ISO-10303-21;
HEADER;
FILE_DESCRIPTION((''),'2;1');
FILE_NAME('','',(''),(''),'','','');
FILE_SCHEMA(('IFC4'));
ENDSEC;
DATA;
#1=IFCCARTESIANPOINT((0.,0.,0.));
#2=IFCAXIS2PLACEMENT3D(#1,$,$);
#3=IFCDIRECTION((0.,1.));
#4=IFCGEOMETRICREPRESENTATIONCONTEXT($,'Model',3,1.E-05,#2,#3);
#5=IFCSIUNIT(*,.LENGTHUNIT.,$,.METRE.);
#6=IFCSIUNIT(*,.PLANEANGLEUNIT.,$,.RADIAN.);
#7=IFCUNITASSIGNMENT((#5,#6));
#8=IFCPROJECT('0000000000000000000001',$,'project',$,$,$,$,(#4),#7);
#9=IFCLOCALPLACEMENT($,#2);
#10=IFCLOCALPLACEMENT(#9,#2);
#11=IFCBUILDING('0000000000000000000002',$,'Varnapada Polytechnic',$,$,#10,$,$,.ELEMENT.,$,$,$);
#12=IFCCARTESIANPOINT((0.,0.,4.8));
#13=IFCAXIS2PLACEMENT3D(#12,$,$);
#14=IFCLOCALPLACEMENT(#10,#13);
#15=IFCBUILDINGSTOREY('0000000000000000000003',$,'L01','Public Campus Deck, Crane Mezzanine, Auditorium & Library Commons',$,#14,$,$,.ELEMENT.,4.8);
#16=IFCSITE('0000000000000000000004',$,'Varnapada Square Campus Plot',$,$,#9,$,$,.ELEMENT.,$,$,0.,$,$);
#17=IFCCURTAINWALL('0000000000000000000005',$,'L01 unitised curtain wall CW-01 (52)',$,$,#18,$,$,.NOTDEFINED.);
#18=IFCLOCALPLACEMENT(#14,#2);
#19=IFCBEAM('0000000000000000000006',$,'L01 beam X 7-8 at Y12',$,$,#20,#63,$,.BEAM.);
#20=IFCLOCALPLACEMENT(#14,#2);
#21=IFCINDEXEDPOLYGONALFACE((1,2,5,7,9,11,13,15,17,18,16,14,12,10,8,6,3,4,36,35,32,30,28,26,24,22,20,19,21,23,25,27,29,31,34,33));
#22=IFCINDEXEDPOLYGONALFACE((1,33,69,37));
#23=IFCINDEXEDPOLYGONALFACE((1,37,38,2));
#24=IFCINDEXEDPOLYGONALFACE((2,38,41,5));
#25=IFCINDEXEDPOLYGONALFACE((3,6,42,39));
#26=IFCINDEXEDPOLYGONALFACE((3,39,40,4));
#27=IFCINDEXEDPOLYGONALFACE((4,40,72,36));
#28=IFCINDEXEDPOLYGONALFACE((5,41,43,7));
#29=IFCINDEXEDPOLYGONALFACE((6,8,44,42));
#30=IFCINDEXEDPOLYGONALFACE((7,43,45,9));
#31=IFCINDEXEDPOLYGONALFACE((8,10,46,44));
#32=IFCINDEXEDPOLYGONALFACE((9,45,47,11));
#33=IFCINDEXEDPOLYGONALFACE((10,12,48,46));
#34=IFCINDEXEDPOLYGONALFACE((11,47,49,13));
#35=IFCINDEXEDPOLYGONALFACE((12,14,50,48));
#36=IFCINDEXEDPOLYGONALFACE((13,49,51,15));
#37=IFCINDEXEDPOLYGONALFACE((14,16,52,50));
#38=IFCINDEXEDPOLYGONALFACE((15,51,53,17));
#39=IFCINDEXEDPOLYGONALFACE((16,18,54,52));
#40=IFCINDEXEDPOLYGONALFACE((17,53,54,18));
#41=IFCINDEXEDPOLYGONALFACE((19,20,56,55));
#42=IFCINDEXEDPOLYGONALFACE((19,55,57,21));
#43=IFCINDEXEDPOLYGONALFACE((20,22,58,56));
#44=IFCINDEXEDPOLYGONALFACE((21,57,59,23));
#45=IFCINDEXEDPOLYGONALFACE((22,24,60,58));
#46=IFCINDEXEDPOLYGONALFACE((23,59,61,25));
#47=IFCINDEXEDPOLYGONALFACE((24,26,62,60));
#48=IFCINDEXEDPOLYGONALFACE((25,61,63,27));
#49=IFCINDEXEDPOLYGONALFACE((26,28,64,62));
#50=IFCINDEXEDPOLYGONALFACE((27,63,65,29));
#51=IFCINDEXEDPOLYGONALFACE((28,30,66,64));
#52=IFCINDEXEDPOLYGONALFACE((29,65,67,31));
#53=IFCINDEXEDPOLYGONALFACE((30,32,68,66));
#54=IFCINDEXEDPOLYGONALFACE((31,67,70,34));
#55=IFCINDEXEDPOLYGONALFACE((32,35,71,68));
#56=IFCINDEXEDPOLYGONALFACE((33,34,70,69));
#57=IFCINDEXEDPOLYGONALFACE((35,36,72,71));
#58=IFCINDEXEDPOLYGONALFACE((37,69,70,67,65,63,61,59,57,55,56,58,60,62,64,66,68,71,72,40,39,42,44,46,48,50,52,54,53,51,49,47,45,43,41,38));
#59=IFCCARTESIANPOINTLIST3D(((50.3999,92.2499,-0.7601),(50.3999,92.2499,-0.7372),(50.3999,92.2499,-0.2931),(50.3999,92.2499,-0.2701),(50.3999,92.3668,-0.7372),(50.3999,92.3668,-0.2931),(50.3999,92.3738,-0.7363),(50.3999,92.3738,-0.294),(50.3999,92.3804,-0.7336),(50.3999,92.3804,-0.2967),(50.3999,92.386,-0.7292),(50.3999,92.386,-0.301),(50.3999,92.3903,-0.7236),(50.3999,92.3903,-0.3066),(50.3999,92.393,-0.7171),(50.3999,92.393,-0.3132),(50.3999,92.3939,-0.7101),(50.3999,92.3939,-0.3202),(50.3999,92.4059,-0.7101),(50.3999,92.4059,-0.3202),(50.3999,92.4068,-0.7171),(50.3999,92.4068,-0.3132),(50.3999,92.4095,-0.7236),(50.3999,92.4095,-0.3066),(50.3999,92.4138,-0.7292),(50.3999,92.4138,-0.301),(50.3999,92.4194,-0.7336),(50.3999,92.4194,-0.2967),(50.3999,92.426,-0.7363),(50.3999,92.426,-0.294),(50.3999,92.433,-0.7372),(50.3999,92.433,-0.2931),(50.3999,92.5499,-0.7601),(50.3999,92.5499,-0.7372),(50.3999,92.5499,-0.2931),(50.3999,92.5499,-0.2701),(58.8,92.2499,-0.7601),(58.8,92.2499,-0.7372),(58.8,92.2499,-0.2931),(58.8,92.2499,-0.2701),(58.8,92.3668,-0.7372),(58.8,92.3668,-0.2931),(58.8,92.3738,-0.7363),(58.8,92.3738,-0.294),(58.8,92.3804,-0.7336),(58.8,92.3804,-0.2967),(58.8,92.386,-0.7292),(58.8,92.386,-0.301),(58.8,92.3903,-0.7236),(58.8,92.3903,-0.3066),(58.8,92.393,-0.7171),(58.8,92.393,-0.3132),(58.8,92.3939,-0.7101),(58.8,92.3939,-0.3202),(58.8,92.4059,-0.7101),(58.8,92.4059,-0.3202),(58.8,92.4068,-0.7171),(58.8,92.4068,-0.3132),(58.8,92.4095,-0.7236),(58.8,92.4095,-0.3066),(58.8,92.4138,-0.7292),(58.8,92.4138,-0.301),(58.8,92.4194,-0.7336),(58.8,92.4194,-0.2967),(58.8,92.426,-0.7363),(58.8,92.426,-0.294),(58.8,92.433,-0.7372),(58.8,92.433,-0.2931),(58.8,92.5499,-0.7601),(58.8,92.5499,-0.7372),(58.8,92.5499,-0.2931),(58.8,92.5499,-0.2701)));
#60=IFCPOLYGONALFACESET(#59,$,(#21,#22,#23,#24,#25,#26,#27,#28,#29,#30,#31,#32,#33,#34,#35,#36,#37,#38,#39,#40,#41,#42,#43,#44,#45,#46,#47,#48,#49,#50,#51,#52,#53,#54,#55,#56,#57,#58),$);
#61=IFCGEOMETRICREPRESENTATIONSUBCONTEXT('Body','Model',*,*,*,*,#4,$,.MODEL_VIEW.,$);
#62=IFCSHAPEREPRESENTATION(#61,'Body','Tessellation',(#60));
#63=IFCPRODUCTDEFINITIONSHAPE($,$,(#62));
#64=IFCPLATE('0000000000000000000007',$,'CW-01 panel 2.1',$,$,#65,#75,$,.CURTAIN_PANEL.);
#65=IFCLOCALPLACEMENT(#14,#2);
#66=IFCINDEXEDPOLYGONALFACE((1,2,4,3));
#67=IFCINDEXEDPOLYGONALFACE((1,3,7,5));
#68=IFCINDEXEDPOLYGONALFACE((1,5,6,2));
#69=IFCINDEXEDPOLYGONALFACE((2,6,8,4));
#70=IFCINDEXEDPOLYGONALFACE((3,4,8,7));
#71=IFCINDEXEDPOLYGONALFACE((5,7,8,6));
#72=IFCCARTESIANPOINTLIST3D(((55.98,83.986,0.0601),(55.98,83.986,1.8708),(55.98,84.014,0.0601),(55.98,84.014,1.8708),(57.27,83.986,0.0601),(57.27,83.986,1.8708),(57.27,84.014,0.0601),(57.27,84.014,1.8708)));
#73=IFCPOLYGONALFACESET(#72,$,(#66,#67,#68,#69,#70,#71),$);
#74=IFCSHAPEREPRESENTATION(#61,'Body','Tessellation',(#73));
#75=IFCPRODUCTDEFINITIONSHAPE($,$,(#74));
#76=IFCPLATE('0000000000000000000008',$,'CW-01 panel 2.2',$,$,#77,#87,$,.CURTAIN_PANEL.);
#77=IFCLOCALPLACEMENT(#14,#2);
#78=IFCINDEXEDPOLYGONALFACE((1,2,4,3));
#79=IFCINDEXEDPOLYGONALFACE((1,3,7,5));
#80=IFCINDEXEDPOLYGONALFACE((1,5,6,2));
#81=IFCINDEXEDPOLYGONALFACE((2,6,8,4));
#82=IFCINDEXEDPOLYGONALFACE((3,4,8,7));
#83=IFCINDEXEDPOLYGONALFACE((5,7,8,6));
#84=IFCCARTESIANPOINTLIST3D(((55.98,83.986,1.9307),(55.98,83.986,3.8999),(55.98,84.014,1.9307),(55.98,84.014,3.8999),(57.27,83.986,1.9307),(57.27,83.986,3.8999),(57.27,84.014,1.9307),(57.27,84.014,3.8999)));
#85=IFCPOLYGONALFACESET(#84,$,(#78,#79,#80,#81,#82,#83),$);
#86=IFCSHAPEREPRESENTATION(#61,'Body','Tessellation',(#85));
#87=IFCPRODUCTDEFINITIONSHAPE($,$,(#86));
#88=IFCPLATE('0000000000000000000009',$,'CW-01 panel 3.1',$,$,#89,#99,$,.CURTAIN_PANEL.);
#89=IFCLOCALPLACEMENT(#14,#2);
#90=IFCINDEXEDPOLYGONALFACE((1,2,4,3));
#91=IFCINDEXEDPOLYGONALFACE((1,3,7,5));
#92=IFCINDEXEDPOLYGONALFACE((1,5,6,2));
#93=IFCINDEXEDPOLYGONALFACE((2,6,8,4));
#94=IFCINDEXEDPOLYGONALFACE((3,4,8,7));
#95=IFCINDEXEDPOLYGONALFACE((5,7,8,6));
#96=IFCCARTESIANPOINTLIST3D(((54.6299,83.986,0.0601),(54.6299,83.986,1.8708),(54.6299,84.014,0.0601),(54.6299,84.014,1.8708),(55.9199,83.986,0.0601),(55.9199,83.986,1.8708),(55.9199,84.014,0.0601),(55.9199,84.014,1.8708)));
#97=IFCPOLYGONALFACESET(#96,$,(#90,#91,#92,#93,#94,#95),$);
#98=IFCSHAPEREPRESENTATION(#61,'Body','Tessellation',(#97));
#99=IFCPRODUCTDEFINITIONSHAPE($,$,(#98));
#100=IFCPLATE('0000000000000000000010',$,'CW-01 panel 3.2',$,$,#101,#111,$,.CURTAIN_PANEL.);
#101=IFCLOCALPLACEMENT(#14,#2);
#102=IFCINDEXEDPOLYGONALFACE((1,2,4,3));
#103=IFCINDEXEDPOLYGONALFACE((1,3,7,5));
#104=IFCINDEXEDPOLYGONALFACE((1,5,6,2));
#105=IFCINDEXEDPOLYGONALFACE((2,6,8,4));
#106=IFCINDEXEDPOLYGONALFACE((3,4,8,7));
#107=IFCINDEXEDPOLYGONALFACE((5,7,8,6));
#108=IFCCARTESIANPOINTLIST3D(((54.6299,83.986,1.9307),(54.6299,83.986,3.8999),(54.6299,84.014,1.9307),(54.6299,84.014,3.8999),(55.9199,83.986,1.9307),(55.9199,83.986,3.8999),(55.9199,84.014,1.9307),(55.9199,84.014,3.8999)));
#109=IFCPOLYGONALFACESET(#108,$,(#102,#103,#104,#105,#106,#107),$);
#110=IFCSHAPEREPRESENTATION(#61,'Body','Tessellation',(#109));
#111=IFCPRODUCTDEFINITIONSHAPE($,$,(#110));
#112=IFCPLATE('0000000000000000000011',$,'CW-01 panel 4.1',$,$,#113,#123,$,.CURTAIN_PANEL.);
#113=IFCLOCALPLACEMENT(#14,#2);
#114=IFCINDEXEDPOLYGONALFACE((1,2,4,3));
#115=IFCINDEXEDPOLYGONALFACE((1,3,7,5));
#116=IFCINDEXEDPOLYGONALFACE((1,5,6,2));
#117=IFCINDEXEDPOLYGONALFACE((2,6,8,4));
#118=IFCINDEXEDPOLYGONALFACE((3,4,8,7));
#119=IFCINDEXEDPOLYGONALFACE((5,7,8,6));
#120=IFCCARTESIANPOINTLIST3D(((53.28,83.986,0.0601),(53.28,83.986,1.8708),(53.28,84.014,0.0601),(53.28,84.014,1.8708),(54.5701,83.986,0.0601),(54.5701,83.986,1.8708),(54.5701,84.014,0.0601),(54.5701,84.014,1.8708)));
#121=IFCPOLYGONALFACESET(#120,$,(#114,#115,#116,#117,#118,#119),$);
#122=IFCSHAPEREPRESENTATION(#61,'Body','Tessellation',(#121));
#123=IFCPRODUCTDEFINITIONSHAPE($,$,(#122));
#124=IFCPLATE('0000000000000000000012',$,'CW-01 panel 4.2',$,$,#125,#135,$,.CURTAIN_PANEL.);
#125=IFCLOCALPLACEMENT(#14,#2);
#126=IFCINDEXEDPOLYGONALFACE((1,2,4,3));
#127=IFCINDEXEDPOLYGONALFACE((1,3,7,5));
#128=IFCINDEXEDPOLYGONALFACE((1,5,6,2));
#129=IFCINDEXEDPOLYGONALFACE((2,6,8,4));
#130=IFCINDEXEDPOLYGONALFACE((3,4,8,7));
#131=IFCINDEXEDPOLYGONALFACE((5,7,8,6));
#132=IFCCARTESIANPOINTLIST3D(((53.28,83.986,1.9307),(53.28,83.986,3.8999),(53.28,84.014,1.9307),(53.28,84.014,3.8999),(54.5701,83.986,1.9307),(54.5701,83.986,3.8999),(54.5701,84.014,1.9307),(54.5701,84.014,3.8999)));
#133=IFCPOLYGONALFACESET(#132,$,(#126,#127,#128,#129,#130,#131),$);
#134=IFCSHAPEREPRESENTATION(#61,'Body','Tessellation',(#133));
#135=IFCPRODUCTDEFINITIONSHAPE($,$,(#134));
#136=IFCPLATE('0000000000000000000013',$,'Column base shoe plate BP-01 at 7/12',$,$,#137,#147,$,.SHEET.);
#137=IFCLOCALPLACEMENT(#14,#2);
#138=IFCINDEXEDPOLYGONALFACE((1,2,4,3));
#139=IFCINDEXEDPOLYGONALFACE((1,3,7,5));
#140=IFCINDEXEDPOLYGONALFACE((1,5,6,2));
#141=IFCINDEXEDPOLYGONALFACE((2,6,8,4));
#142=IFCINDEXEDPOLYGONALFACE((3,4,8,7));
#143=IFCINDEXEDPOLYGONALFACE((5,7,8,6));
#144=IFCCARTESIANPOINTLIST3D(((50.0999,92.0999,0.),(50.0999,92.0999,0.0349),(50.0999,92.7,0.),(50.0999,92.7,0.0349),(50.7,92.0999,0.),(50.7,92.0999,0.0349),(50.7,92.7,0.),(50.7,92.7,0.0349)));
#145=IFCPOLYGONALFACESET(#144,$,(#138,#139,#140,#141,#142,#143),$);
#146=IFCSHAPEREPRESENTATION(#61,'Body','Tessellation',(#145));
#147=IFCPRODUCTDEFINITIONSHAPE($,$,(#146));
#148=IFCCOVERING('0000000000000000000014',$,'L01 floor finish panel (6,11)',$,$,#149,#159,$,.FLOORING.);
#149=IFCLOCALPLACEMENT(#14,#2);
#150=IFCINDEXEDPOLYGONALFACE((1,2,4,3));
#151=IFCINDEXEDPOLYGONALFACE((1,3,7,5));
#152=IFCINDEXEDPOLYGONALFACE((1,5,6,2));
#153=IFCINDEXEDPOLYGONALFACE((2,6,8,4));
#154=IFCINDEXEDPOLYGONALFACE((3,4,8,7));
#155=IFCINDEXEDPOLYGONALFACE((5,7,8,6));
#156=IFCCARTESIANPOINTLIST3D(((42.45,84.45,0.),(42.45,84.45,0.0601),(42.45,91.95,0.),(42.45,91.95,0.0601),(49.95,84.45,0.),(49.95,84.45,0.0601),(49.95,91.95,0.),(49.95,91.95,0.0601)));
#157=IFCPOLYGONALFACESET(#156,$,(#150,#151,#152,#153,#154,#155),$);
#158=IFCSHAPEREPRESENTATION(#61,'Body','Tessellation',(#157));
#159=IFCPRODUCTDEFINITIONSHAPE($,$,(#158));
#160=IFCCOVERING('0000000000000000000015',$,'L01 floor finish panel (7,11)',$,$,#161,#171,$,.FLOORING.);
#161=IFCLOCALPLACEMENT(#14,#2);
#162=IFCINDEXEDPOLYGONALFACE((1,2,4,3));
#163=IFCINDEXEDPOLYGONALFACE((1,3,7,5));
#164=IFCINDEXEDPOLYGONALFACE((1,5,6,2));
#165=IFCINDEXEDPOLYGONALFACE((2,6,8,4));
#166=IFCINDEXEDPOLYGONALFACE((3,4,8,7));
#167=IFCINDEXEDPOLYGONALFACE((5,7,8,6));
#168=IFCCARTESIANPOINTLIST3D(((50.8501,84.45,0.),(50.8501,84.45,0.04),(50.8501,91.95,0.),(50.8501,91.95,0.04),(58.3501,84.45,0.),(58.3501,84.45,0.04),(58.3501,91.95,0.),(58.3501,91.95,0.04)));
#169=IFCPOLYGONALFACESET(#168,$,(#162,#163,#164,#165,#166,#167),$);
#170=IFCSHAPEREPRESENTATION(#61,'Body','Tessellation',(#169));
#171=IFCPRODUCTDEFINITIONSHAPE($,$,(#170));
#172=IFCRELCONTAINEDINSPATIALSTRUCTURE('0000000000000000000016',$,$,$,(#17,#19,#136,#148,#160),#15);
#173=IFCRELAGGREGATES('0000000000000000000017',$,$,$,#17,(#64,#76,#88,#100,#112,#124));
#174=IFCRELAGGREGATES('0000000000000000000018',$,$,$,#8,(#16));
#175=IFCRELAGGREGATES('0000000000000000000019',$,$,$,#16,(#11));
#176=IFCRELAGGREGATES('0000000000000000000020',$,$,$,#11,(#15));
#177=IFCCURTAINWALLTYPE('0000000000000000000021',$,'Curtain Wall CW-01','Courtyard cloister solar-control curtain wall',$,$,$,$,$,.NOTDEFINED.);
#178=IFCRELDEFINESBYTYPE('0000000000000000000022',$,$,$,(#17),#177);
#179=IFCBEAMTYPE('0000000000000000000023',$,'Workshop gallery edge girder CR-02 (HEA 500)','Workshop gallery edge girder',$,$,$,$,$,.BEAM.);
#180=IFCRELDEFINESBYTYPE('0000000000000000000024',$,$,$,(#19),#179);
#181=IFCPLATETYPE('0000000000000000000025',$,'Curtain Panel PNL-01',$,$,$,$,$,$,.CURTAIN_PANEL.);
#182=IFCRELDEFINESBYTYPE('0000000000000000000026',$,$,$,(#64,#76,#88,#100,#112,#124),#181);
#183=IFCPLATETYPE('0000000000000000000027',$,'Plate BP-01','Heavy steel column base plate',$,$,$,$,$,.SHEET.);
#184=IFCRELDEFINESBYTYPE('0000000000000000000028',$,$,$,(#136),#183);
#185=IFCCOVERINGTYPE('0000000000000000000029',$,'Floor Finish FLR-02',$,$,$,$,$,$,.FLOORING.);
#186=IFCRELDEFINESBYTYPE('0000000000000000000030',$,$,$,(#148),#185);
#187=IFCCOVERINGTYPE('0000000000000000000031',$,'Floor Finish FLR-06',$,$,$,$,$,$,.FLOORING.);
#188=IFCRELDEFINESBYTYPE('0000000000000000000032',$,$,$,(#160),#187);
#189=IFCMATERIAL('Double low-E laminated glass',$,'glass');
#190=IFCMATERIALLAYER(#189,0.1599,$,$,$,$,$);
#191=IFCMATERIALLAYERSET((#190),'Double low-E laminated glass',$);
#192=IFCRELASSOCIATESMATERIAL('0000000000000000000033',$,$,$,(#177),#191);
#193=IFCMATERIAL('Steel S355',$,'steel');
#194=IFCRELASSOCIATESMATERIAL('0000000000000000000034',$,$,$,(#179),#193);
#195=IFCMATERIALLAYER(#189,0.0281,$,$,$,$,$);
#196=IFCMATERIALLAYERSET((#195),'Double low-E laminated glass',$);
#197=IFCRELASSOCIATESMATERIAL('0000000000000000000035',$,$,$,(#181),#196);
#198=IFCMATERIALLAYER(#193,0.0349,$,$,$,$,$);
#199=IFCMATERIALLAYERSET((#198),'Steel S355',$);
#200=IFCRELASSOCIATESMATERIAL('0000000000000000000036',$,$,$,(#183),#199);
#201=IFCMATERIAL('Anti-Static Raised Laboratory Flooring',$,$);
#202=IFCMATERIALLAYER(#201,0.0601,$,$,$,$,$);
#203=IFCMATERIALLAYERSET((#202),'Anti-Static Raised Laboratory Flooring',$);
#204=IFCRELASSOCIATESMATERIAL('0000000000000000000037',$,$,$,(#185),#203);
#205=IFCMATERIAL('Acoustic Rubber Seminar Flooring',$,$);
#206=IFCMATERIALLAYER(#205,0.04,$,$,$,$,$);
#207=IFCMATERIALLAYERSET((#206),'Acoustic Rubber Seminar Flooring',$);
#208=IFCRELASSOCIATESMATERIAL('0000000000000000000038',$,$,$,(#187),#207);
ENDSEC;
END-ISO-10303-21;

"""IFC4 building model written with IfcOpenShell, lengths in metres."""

from ifc_helpers import new_model, si_unit, direction, frame, origin, origin_2d, place, context, subcontext, project, spatial, rectangle, i_section, extrude, material, layer, layer_set, material_profile, profile_set, type_object, element, aggregate, save


model = new_model("IFC4")

# Units and contexts
model_context = context("Model", 3, precision=1e-05, world=origin(), true_north=direction((0.0, 1.0)))
body_context = subcontext(model_context, "Body", "Model", "MODEL_VIEW")
ifc_project = project(units=[si_unit("LENGTHUNIT", "METRE"), si_unit("PLANEANGLEUNIT", "RADIAN")], contexts=[model_context])

# Site, building, storey
site_placement = place(None, origin())
site = spatial("IfcSite", under=ifc_project, at=site_placement, Name="Varnapada Square Campus Plot", CompositionType="ELEMENT", RefElevation=0.0)
building_placement = place(site_placement, origin())
building = spatial("IfcBuilding", under=site, at=building_placement, Name="Varnapada Polytechnic", CompositionType="ELEMENT")
storey_placement = place(building_placement, frame((0.0, 0.0, 4.8)))
storey = spatial("IfcBuildingStorey", under=building, at=storey_placement, Name="L01", Description="Public Campus Deck, Crane Mezzanine, Auditorium & Library Commons", CompositionType="ELEMENT", Elevation=4.8)

# Shared definitions
ifc_material_1 = material(Name="Steel S355", Category="steel")

# Curtain wall
ifc_material_2 = material(Name="Double low-E laminated glass", Category="glass")
ifc_layer_1 = layer(ifc_material_2, 0.1599)
ifc_layer_set_1 = layer_set([ifc_layer_1], Name="Double low-E laminated glass")
curtain_wall_type = type_object("IfcCurtainWallType", Name="Curtain Wall CW-01", Description="Courtyard cloister solar-control curtain wall", PredefinedType="NOTDEFINED", material=ifc_layer_set_1)
curtain_wall_placement = place(storey_placement, origin())
curtain_wall = element("IfcCurtainWall", 1, at=curtain_wall_placement, inside=storey, type_object=curtain_wall_type, Name="L01 unitised curtain wall CW-01 (52)", PredefinedType="NOTDEFINED")

# Beam
ifc_material_profile_1 = material_profile(ifc_material_1, i_section(OverallWidth=0.3, OverallDepth=0.49, WebThickness=0.012, FlangeThickness=0.0229, FilletRadius=0.0271, at=origin_2d()), Name="HEA 500")
ifc_profile_set_1 = profile_set([ifc_material_profile_1], Name="Steel S355")
beam_type_1 = type_object("IfcBeamType", Name="Workshop gallery edge girder CR-02 (HEA 500)", Description="Workshop gallery edge girder", PredefinedType="BEAM", material=ifc_profile_set_1)
beam_1_placement = place(storey_placement, frame((50.3999, 92.3999, -0.5151), z_axis=(1.0, 0.0, 0.0), x_axis=(0.0, 1.0, 0.0)))
element("IfcBeam", 2, at=beam_1_placement, inside=storey, type_object=beam_type_1, Name="L01 beam X 7-8 at Y12", PredefinedType="BEAM", context=body_context, shape_type="SweptSolid", body=[
    extrude(i_section(OverallWidth=0.3, OverallDepth=0.49, WebThickness=0.012, FlangeThickness=0.0229, FilletRadius=0.0271, at=origin_2d()), origin(), (0.0, 0.0, 1.0), 8.4001),
])

# Plates
ifc_layer_2 = layer(ifc_material_2, 0.0281)
ifc_layer_set_2 = layer_set([ifc_layer_2], Name="Double low-E laminated glass")
plate_type_1 = type_object("IfcPlateType", Name="Curtain Panel PNL-01", PredefinedType="CURTAIN_PANEL", material=ifc_layer_set_2)
plate_1_placement = place(storey_placement, frame((56.625, 84.0, 0.0601), z_axis=(0.0, 0.0, 1.0), x_axis=(-1.0, 0.0, 0.0)))
plate_1 = element("IfcPlate", 3, at=plate_1_placement, type_object=plate_type_1, Name="CW-01 panel 2.1", PredefinedType="CURTAIN_PANEL", context=body_context, shape_type="SweptSolid", body=[
    extrude(rectangle(XDim=1.29, YDim=0.0281, at=origin_2d()), origin(), (0.0, 0.0, 1.0), 1.8108),
])
plate_2_placement = place(storey_placement, frame((56.625, 84.0, 1.9307), z_axis=(0.0, 0.0, 1.0), x_axis=(-1.0, 0.0, 0.0)))
plate_2 = element("IfcPlate", 4, at=plate_2_placement, type_object=plate_type_1, Name="CW-01 panel 2.2", PredefinedType="CURTAIN_PANEL", context=body_context, shape_type="SweptSolid", body=[
    extrude(rectangle(XDim=1.29, YDim=0.0281, at=origin_2d()), origin(), (0.0, 0.0, 1.0), 1.9692),
])
plate_3_placement = place(storey_placement, frame((55.2749, 84.0, 0.0601), z_axis=(0.0, 0.0, 1.0), x_axis=(-1.0, 0.0, 0.0)))
plate_3 = element("IfcPlate", 5, at=plate_3_placement, type_object=plate_type_1, Name="CW-01 panel 3.1", PredefinedType="CURTAIN_PANEL", context=body_context, shape_type="SweptSolid", body=[
    extrude(rectangle(XDim=1.29, YDim=0.0281, at=origin_2d()), origin(), (0.0, 0.0, 1.0), 1.8108),
])
plate_4_placement = place(storey_placement, frame((55.2749, 84.0, 1.9307), z_axis=(0.0, 0.0, 1.0), x_axis=(-1.0, 0.0, 0.0)))
plate_4 = element("IfcPlate", 6, at=plate_4_placement, type_object=plate_type_1, Name="CW-01 panel 3.2", PredefinedType="CURTAIN_PANEL", context=body_context, shape_type="SweptSolid", body=[
    extrude(rectangle(XDim=1.29, YDim=0.0281, at=origin_2d()), origin(), (0.0, 0.0, 1.0), 1.9692),
])
plate_5_placement = place(storey_placement, frame((53.925, 84.0, 0.0601), z_axis=(0.0, 0.0, 1.0), x_axis=(-1.0, 0.0, 0.0)))
plate_5 = element("IfcPlate", 7, at=plate_5_placement, type_object=plate_type_1, Name="CW-01 panel 4.1", PredefinedType="CURTAIN_PANEL", context=body_context, shape_type="SweptSolid", body=[
    extrude(rectangle(XDim=1.29, YDim=0.0281, at=origin_2d()), origin(), (0.0, 0.0, 1.0), 1.8108),
])
plate_6_placement = place(storey_placement, frame((53.925, 84.0, 1.9307), z_axis=(0.0, 0.0, 1.0), x_axis=(-1.0, 0.0, 0.0)))
plate_6 = element("IfcPlate", 8, at=plate_6_placement, type_object=plate_type_1, Name="CW-01 panel 4.2", PredefinedType="CURTAIN_PANEL", context=body_context, shape_type="SweptSolid", body=[
    extrude(rectangle(XDim=1.29, YDim=0.0281, at=origin_2d()), origin(), (0.0, 0.0, 1.0), 1.9692),
])
aggregate(curtain_wall, [plate_1, plate_2, plate_3, plate_4, plate_5, plate_6])
ifc_layer_3 = layer(ifc_material_1, 0.0349)
ifc_layer_set_3 = layer_set([ifc_layer_3], Name="Steel S355")
plate_type_2 = type_object("IfcPlateType", Name="Plate BP-01", Description="Heavy steel column base plate", PredefinedType="SHEET", material=ifc_layer_set_3)
plate_7_placement = place(storey_placement, frame((50.3999, 92.3999, 0.0), z_axis=(0.0, 0.0, 1.0), x_axis=(1.0, 0.0, 0.0)))
element("IfcPlate", 9, at=plate_7_placement, inside=storey, type_object=plate_type_2, Name="Column base shoe plate BP-01 at 7/12", PredefinedType="SHEET", context=body_context, shape_type="SweptSolid", body=[
    extrude(rectangle(XDim=0.6001, YDim=0.6001, at=origin_2d()), origin(), (0.0, 0.0, 1.0), 0.0349),
])

# Coverings
ifc_material_3 = material(Name="Anti-Static Raised Laboratory Flooring")
ifc_layer_4 = layer(ifc_material_3, 0.0601)
ifc_layer_set_4 = layer_set([ifc_layer_4], Name="Anti-Static Raised Laboratory Flooring")
covering_type_1 = type_object("IfcCoveringType", Name="Floor Finish FLR-02", PredefinedType="FLOORING", material=ifc_layer_set_4)
covering_1_placement = place(storey_placement, frame((46.2, 88.2, 0.0), z_axis=(0.0, 0.0, 1.0), x_axis=(1.0, 0.0, 0.0)))
element("IfcCovering", 10, at=covering_1_placement, inside=storey, type_object=covering_type_1, Name="L01 floor finish panel (6,11)", PredefinedType="FLOORING", context=body_context, shape_type="SweptSolid", body=[
    extrude(rectangle(XDim=7.5, YDim=7.5, at=origin_2d()), origin(), (0.0, 0.0, 1.0), 0.0601),
])
ifc_material_4 = material(Name="Acoustic Rubber Seminar Flooring")
ifc_layer_5 = layer(ifc_material_4, 0.04)
ifc_layer_set_5 = layer_set([ifc_layer_5], Name="Acoustic Rubber Seminar Flooring")
covering_type_2 = type_object("IfcCoveringType", Name="Floor Finish FLR-06", PredefinedType="FLOORING", material=ifc_layer_set_5)
covering_2_placement = place(storey_placement, frame((54.6001, 88.2, 0.0), z_axis=(0.0, 0.0, 1.0), x_axis=(1.0, 0.0, 0.0)))
element("IfcCovering", 11, at=covering_2_placement, inside=storey, type_object=covering_type_2, Name="L01 floor finish panel (7,11)", PredefinedType="FLOORING", context=body_context, shape_type="SweptSolid", body=[
    extrude(rectangle(XDim=7.5, YDim=7.5, at=origin_2d()), origin(), (0.0, 0.0, 1.0), 0.04),
])

save(model, "model.ifc")
